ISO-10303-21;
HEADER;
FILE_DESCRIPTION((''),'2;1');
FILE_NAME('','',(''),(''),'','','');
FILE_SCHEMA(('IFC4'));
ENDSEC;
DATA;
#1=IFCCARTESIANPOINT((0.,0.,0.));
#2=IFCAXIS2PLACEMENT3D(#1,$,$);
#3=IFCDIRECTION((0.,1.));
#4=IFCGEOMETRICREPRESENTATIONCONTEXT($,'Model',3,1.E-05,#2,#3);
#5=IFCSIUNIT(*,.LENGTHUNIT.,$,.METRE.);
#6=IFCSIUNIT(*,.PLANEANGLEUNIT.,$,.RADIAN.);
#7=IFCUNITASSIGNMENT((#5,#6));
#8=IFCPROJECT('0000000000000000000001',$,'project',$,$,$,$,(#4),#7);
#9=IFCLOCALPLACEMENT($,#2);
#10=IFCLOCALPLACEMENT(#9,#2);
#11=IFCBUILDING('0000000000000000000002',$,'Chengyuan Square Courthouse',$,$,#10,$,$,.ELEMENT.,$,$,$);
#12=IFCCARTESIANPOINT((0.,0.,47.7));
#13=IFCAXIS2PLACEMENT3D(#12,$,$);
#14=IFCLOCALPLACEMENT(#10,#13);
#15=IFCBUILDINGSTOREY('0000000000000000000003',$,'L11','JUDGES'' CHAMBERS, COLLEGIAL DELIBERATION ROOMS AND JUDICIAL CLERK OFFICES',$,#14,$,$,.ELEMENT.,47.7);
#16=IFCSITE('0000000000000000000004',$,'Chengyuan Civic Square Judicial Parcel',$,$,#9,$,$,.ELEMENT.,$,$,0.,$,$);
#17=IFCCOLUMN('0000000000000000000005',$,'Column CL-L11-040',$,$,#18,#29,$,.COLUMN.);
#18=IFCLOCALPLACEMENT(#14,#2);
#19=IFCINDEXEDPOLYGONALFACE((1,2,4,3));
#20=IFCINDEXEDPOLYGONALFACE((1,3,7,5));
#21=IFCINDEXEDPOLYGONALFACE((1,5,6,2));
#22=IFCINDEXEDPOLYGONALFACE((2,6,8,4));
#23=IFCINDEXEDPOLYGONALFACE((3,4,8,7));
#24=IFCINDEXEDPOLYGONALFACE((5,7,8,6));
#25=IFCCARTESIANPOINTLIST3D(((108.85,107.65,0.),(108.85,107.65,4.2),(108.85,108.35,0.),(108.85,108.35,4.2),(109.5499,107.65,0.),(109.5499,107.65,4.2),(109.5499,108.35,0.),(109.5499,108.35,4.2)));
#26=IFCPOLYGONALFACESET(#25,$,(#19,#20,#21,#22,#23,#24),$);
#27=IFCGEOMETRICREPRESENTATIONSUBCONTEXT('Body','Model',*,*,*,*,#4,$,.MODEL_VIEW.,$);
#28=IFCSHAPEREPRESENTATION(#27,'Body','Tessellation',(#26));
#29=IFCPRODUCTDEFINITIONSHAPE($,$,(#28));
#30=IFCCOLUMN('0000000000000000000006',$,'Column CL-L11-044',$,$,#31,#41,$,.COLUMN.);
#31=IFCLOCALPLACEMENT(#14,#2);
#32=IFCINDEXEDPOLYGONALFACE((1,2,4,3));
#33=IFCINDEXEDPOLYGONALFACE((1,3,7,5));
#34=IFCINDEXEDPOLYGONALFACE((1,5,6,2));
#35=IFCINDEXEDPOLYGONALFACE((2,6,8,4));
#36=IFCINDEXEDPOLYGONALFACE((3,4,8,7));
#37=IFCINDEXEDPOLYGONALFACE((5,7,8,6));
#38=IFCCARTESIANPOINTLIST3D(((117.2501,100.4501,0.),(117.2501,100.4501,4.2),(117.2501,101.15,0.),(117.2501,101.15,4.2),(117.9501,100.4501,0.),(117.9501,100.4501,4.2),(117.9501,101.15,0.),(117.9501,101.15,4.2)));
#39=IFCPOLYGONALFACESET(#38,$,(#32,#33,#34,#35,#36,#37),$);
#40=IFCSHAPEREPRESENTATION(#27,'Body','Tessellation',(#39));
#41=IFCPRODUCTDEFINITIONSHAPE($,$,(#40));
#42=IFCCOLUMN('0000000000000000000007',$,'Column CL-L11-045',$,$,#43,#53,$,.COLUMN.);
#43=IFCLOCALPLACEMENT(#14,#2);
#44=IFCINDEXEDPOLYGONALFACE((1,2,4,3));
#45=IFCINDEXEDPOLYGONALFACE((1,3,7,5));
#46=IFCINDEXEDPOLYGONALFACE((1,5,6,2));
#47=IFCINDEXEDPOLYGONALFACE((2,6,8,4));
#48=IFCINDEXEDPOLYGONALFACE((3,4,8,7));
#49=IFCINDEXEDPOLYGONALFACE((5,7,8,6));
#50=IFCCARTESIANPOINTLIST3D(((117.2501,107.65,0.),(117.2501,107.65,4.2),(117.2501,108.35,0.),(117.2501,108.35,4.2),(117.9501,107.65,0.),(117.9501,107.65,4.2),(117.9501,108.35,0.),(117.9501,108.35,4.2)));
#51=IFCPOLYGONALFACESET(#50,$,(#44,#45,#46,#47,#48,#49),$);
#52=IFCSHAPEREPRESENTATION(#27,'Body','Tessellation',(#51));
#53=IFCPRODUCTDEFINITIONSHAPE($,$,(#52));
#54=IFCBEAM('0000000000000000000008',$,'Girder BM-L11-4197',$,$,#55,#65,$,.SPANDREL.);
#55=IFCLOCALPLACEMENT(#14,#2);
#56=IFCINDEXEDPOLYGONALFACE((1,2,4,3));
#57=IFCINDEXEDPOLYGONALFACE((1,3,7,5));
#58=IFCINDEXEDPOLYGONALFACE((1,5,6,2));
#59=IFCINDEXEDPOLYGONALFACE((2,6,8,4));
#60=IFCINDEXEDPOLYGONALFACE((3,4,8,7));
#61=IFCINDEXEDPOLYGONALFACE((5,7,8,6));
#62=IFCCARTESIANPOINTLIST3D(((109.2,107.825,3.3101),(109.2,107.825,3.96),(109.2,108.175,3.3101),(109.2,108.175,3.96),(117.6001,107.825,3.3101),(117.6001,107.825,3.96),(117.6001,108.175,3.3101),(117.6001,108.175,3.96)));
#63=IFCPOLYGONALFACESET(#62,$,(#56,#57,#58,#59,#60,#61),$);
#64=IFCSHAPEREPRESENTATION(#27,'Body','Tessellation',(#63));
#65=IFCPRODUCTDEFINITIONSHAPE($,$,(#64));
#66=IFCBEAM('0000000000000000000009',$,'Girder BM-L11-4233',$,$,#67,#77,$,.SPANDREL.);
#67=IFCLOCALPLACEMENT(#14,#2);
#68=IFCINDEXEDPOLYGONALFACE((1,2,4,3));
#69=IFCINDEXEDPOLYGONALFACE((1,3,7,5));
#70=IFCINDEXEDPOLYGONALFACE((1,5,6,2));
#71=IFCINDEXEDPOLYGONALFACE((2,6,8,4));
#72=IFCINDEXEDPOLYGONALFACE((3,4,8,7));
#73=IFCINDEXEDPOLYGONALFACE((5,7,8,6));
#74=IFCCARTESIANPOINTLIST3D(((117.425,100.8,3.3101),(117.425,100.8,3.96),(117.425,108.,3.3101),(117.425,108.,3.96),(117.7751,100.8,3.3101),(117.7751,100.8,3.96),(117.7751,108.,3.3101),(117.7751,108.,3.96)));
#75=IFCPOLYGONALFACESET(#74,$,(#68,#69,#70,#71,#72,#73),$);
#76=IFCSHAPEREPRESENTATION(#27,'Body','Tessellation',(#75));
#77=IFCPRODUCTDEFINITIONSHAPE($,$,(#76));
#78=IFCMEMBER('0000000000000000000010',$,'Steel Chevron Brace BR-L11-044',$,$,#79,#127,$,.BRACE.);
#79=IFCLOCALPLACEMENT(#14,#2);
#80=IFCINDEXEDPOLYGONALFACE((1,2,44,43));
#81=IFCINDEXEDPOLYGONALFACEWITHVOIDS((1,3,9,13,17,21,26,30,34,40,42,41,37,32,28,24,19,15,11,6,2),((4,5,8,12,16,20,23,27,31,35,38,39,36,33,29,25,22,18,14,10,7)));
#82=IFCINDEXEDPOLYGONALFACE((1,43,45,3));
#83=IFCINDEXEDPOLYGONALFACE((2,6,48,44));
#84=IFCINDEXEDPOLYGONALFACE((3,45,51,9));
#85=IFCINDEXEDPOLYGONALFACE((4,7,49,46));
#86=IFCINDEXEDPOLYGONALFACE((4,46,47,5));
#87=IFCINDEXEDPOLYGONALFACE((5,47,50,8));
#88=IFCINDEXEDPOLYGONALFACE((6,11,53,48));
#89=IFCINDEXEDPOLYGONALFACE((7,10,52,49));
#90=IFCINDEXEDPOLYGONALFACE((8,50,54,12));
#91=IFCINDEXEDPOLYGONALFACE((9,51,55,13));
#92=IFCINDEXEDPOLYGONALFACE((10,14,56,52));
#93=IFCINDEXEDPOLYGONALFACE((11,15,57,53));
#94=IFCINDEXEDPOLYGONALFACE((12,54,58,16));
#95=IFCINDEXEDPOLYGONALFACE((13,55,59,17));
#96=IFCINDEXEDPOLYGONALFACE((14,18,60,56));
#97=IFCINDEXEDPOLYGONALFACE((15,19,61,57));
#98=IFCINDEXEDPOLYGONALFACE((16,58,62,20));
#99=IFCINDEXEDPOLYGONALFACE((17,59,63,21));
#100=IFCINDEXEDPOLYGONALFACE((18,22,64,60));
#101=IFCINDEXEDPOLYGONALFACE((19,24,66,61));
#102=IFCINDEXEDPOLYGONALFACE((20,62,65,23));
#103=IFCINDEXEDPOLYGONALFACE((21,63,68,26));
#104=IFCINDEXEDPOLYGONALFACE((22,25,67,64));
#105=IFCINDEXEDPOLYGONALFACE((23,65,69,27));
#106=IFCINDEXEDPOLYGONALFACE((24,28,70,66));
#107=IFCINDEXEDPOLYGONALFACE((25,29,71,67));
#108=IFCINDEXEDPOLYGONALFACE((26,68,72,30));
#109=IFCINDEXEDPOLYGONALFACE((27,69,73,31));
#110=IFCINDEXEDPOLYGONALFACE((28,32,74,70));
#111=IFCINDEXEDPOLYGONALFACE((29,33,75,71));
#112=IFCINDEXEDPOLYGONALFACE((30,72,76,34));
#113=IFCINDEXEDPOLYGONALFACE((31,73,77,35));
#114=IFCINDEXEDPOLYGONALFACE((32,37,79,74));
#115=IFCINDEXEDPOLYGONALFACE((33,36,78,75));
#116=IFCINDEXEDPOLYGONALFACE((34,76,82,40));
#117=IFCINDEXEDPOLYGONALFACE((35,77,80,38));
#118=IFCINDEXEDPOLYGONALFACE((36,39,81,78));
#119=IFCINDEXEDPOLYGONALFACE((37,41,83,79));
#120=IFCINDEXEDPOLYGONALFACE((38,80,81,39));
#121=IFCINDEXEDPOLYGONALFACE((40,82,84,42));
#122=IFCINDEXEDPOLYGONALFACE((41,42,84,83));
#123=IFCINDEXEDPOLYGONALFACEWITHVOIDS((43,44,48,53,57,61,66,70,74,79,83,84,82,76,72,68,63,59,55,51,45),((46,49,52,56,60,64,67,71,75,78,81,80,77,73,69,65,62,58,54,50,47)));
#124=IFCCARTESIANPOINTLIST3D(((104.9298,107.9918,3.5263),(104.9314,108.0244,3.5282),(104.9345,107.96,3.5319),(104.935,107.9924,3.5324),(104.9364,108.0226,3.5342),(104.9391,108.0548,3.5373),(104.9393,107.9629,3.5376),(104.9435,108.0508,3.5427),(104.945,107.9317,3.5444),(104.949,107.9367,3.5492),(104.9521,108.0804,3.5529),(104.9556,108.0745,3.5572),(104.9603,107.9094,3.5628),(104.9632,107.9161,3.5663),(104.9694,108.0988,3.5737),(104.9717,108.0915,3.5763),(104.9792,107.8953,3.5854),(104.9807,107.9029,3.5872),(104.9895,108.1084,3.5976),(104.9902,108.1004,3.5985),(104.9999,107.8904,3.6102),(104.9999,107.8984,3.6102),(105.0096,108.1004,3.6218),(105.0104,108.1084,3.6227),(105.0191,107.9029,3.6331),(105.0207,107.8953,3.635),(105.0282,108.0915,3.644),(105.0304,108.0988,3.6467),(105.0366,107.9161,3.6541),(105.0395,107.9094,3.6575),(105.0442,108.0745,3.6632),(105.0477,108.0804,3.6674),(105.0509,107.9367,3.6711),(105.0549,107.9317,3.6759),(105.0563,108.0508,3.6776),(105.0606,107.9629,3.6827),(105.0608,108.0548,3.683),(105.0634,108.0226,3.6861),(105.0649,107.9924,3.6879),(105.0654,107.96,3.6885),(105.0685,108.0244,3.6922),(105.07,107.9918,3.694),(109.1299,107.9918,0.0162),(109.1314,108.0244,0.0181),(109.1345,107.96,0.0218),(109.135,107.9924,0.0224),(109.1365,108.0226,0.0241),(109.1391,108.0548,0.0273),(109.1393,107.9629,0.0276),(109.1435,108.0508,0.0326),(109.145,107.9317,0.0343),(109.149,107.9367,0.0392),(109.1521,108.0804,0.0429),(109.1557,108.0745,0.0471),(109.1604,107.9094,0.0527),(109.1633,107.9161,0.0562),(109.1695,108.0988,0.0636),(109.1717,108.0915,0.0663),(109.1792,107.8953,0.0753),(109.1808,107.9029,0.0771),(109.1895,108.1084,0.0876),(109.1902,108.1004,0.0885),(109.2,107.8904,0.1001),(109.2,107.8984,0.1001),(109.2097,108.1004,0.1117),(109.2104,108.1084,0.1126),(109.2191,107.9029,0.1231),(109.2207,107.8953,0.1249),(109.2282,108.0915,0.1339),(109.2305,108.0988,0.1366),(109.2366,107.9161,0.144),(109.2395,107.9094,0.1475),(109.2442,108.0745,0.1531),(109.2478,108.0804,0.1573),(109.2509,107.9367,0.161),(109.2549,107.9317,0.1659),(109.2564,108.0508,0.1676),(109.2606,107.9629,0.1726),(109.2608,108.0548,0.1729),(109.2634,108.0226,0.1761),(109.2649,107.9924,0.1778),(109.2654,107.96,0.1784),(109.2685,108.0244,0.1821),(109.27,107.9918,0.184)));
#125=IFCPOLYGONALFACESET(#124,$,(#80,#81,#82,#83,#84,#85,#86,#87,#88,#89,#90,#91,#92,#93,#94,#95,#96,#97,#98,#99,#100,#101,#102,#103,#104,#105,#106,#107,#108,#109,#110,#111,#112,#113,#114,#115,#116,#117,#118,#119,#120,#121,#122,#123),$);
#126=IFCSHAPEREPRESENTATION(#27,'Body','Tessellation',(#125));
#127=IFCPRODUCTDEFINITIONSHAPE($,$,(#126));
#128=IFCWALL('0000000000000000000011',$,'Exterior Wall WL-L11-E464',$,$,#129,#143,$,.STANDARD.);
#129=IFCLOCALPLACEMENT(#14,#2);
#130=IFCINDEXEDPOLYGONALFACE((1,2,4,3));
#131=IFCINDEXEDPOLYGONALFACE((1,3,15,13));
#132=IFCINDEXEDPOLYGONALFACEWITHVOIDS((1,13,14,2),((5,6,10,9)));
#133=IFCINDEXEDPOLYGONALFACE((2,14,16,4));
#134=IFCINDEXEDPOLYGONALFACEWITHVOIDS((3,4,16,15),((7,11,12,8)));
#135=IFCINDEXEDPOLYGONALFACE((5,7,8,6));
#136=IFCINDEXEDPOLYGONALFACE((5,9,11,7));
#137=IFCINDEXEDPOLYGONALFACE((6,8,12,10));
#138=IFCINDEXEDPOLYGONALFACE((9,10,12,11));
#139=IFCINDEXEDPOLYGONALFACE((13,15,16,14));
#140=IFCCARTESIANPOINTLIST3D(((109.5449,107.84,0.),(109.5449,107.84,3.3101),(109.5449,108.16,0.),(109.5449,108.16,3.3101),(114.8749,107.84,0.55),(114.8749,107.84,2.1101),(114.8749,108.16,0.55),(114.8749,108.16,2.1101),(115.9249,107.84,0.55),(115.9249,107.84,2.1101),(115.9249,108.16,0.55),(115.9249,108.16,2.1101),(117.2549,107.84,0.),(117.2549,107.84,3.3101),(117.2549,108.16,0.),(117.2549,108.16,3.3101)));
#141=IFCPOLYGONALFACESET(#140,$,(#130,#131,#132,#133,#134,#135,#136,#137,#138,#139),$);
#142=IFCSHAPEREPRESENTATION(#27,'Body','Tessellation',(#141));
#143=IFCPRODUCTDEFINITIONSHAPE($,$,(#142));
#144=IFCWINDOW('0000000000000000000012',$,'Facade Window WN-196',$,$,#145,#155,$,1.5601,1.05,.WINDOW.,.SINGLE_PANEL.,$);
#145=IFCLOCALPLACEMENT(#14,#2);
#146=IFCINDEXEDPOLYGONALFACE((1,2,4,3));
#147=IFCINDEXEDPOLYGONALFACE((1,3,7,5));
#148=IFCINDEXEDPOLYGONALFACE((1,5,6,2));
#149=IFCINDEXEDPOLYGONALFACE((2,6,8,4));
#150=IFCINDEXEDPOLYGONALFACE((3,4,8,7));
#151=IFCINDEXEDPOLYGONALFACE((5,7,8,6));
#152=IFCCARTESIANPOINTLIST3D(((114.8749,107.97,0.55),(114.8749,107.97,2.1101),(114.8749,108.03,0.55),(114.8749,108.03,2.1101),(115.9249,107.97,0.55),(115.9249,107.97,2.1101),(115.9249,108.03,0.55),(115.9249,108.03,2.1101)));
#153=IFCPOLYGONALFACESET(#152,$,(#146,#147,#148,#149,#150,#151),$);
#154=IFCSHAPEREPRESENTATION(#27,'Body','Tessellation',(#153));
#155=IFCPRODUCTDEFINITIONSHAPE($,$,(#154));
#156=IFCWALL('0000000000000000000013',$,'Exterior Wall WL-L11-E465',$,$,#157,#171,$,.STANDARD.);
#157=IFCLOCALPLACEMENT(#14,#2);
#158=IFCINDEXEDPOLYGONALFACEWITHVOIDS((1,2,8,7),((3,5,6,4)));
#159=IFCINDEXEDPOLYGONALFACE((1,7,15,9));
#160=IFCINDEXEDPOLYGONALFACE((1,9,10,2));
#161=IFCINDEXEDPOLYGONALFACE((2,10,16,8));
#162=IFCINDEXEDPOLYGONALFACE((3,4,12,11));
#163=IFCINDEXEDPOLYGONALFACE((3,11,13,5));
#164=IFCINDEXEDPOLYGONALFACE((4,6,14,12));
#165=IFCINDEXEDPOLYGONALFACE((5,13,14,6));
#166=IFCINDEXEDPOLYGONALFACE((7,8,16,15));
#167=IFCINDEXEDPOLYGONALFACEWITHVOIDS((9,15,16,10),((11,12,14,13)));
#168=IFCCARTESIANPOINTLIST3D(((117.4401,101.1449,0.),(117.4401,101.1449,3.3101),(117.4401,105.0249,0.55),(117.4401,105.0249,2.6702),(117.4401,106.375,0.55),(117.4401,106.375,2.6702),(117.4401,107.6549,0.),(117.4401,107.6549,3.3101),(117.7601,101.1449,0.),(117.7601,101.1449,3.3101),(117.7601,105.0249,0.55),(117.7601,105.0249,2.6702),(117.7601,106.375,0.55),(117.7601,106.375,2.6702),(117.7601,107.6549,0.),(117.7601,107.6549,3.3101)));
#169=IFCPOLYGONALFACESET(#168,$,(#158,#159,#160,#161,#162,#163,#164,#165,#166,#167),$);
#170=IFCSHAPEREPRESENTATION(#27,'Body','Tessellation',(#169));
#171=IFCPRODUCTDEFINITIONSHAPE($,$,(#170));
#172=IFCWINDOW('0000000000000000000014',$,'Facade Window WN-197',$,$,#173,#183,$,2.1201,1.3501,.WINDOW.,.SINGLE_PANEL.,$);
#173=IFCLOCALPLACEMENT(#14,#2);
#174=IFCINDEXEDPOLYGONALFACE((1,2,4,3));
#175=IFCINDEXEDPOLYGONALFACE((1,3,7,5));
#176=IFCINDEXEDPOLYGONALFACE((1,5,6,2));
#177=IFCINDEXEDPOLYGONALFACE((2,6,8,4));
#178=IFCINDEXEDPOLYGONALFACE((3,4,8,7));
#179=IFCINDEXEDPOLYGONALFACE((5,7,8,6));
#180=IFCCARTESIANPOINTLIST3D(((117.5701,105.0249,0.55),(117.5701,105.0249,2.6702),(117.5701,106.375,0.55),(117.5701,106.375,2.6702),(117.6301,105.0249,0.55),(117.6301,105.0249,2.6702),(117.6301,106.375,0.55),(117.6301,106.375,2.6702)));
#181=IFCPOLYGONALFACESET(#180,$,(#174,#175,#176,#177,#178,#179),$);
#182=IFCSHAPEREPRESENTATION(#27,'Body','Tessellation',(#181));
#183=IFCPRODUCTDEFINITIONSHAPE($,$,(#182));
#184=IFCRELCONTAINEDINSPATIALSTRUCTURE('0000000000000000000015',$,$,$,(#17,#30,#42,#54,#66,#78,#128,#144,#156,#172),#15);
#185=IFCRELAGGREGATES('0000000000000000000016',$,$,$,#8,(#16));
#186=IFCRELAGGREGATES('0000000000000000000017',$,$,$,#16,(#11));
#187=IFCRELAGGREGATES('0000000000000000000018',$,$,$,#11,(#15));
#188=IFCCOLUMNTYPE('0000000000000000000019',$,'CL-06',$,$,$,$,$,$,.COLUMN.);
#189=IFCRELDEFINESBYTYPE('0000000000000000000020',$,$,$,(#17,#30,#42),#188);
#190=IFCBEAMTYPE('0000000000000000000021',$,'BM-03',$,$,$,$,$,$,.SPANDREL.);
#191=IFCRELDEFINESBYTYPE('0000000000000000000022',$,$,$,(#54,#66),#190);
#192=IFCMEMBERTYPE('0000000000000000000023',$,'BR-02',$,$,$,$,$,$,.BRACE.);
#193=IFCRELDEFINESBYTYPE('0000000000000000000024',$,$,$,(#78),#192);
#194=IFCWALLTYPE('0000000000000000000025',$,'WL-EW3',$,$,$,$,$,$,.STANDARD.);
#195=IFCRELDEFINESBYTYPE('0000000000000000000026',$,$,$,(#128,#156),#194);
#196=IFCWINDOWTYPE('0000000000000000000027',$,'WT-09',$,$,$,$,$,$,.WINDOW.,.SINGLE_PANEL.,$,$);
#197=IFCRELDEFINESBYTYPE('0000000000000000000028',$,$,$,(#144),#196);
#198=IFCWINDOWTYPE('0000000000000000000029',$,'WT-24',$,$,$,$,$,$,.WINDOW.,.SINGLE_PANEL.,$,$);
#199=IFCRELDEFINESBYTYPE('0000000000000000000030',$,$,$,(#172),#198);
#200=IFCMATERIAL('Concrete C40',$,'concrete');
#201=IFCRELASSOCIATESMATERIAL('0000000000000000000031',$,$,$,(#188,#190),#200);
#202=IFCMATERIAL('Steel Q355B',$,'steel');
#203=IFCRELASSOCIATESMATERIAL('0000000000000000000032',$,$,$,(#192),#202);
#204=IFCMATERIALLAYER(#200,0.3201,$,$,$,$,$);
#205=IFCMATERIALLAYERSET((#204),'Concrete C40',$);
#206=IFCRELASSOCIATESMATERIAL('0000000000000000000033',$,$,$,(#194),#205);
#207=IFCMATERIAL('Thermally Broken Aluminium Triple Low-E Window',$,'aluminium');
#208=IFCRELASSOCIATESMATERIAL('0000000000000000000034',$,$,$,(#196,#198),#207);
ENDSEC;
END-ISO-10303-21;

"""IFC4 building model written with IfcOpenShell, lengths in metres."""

from ifc_helpers import new_model, si_unit, direction, frame, frame_2d, origin, origin_2d, place, context, subcontext, project, spatial, rectangle, hollow_circle, extrude, material, layer, layer_set, material_profile, profile_set, type_object, element, fill, save


model = new_model("IFC4")

# Units and contexts
model_context = context("Model", 3, precision=1e-05, world=origin(), true_north=direction((0.0, 1.0)))
body_context = subcontext(model_context, "Body", "Model", "MODEL_VIEW")
ifc_project = project(units=[si_unit("LENGTHUNIT", "METRE"), si_unit("PLANEANGLEUNIT", "RADIAN")], contexts=[model_context])

# Site, building, storey
site_placement = place(None, origin())
site = spatial("IfcSite", under=ifc_project, at=site_placement, Name="Chengyuan Civic Square Judicial Parcel", CompositionType="ELEMENT", RefElevation=0.0)
building_placement = place(site_placement, origin())
building = spatial("IfcBuilding", under=site, at=building_placement, Name="Chengyuan Square Courthouse", CompositionType="ELEMENT")
storey_placement = place(building_placement, frame((0.0, 0.0, 47.7)))
storey = spatial("IfcBuildingStorey", under=building, at=storey_placement, Name="L11", Description="JUDGES' CHAMBERS, COLLEGIAL DELIBERATION ROOMS AND JUDICIAL CLERK OFFICES", CompositionType="ELEMENT", Elevation=47.7)

# Columns
ifc_material_1 = material(Name="Concrete C40", Category="concrete")
ifc_material_profile_1 = material_profile(ifc_material_1, rectangle(XDim=0.7, YDim=0.7, at=origin_2d()), Name="RC-COL-700x700")
ifc_profile_set_1 = profile_set([ifc_material_profile_1], Name="Concrete C40")
column_type = type_object("IfcColumnType", Name="CL-06", PredefinedType="COLUMN", material=ifc_profile_set_1)
for number, where, z_axis, x_axis, name in (
    (1, (109.2, 108.0, 0.0), (0.0, 0.0, 1.0), (1.0, 0.0, 0.0), "Column CL-L11-040"),
    (2, (117.6001, 100.8, 0.0), (0.0, 0.0, 1.0), (1.0, 0.0, 0.0), "Column CL-L11-044"),
    (3, (117.6001, 108.0, 0.0), (0.0, 0.0, 1.0), (1.0, 0.0, 0.0), "Column CL-L11-045"),
):
    element("IfcColumn", number, at=place(storey_placement, frame(where, z_axis=z_axis, x_axis=x_axis)), inside=storey, type_object=column_type, Name=name, PredefinedType="COLUMN", context=body_context, shape_type="SweptSolid", body=[
        extrude(rectangle(XDim=0.7, YDim=0.7, at=origin_2d()), origin(), (0.0, 0.0, 1.0), 4.2),
    ])

# Beams
ifc_material_profile_2 = material_profile(ifc_material_1, rectangle(XDim=0.3501, YDim=0.6499, at=origin_2d()), Name="RC-BM-350x650")
ifc_profile_set_2 = profile_set([ifc_material_profile_2], Name="Concrete C40")
beam_type = type_object("IfcBeamType", Name="BM-03", PredefinedType="SPANDREL", material=ifc_profile_set_2)
beam_1_placement = place(storey_placement, frame((109.2, 108.0, 3.635), z_axis=(1.0, 0.0, 0.0), x_axis=(0.0, 1.0, 0.0)))
element("IfcBeam", 4, at=beam_1_placement, inside=storey, type_object=beam_type, Name="Girder BM-L11-4197", PredefinedType="SPANDREL", context=body_context, shape_type="SweptSolid", body=[
    extrude(rectangle(XDim=0.3501, YDim=0.6499, at=origin_2d()), origin(), (0.0, 0.0, 1.0), 8.4001),
])
beam_2_placement = place(storey_placement, frame((117.6001, 100.8, 3.635), z_axis=(0.0, 1.0, 0.0), x_axis=(-1.0, 0.0, 0.0)))
element("IfcBeam", 5, at=beam_2_placement, inside=storey, type_object=beam_type, Name="Girder BM-L11-4233", PredefinedType="SPANDREL", context=body_context, shape_type="SweptSolid", body=[
    extrude(rectangle(XDim=0.3501, YDim=0.6499, at=origin_2d()), origin(), (0.0, 0.0, 1.0), 7.2),
])

# Member
ifc_material_2 = material(Name="Steel Q355B", Category="steel")
ifc_material_profile_3 = material_profile(ifc_material_2, hollow_circle(Radius=0.1096, WallThickness=0.0081, at=origin_2d()), Name="CHS 219x8")
ifc_profile_set_3 = profile_set([ifc_material_profile_3], Name="Steel Q355B")
member_type = type_object("IfcMemberType", Name="BR-02", PredefinedType="BRACE", material=ifc_profile_set_3)
member_placement = place(storey_placement, frame((109.2, 108.0, 0.1001), z_axis=(-0.767317, 0.0, 0.641267), x_axis=(0.0, -1.0, 0.0)))
element("IfcMember", 6, at=member_placement, inside=storey, type_object=member_type, Name="Steel Chevron Brace BR-L11-044", PredefinedType="BRACE", context=body_context, shape_type="SweptSolid", body=[
    extrude(hollow_circle(Radius=0.1096, WallThickness=0.0081, at=origin_2d()), origin(), (0.0, 0.0, 1.0), 5.4736),
])

# Walls, openings, windows
ifc_layer_1 = layer(ifc_material_1, 0.3201)
ifc_layer_set_1 = layer_set([ifc_layer_1], Name="Concrete C40")
wall_type_1 = type_object("IfcWallType", Name="WL-EW3", PredefinedType="STANDARD", material=ifc_layer_set_1)
wall_1_placement = place(storey_placement, frame((109.5449, 108.0, 0.0), z_axis=(0.0, 0.0, 1.0), x_axis=(1.0, 0.0, 0.0)))
wall_1 = element("IfcWall", 7, at=wall_1_placement, inside=storey, type_object=wall_type_1, Name="Exterior Wall WL-L11-E464", PredefinedType="STANDARD", context=body_context, shape_type="SweptSolid", body=[
    extrude(rectangle(XDim=7.71, YDim=0.3201, at=frame_2d((3.855, 0.0))), origin(), (0.0, 0.0, 1.0), 3.3101),
])
opening_1_placement = place(wall_1_placement, frame((5.3301, 0.0, 0.55)))
opening_1 = element("IfcOpeningElement", 8, at=opening_1_placement, cuts=wall_1, PredefinedType="OPENING", context=body_context, shape_type="SweptSolid", body=[
    extrude(rectangle(XDim=1.05, YDim=1.5601, at=frame_2d((0.5249, 0.78))), frame((0.0, 0.1721, 0.0), z_axis=(0.0, -1.0, 0.0), x_axis=(1.0, 0.0, 0.0)), (0.0, 0.0, 1.0), 0.344),
])
ifc_material_3 = material(Name="Thermally Broken Aluminium Triple Low-E Window", Category="aluminium")
window_type_1 = type_object("IfcWindowType", Name="WT-09", PartitioningType="SINGLE_PANEL", PredefinedType="WINDOW", material=ifc_material_3)
window_1_placement = place(opening_1_placement, origin())
window_1 = element("IfcWindow", 9, at=window_1_placement, inside=storey, type_object=window_type_1, Name="Facade Window WN-196", OverallHeight=1.5601, OverallWidth=1.05, PartitioningType="SINGLE_PANEL", PredefinedType="WINDOW", context=body_context, shape_type="SweptSolid", body=[
    extrude(rectangle(XDim=1.05, YDim=1.5601, at=frame_2d((0.5249, 0.78))), frame((0.0, 0.03, 0.0), z_axis=(0.0, -1.0, 0.0), x_axis=(1.0, 0.0, 0.0)), (0.0, 0.0, 1.0), 0.0601),
])
fill(opening_1, window_1)
wall_2_placement = place(storey_placement, frame((117.6001, 101.145, 0.0), z_axis=(0.0, 0.0, 1.0), x_axis=(0.0, 1.0, 0.0)))
wall_2 = element("IfcWall", 10, at=wall_2_placement, inside=storey, type_object=wall_type_1, Name="Exterior Wall WL-L11-E465", PredefinedType="STANDARD", context=body_context, shape_type="SweptSolid", body=[
    extrude(rectangle(XDim=6.51, YDim=0.3201, at=frame_2d((3.2549, 0.0))), origin(), (0.0, 0.0, 1.0), 3.3101),
])
opening_2_placement = place(wall_2_placement, frame((3.8799, 0.0, 0.55)))
opening_2 = element("IfcOpeningElement", 11, at=opening_2_placement, cuts=wall_2, PredefinedType="OPENING", context=body_context, shape_type="SweptSolid", body=[
    extrude(rectangle(XDim=1.3501, YDim=2.1201, at=frame_2d((0.675, 1.0601))), frame((0.0, 0.1721, 0.0), z_axis=(0.0, -1.0, 0.0), x_axis=(1.0, 0.0, 0.0)), (0.0, 0.0, 1.0), 0.344),
])
window_type_2 = type_object("IfcWindowType", Name="WT-24", PartitioningType="SINGLE_PANEL", PredefinedType="WINDOW", material=ifc_material_3)
window_2_placement = place(opening_2_placement, origin())
window_2 = element("IfcWindow", 12, at=window_2_placement, inside=storey, type_object=window_type_2, Name="Facade Window WN-197", OverallHeight=2.1201, OverallWidth=1.3501, PartitioningType="SINGLE_PANEL", PredefinedType="WINDOW", context=body_context, shape_type="SweptSolid", body=[
    extrude(rectangle(XDim=1.3501, YDim=2.1201, at=frame_2d((0.675, 1.0601))), frame((0.0, 0.03, 0.0), z_axis=(0.0, -1.0, 0.0), x_axis=(1.0, 0.0, 0.0)), (0.0, 0.0, 1.0), 0.0601),
])
fill(opening_2, window_2)

save(model, "model.ifc")
